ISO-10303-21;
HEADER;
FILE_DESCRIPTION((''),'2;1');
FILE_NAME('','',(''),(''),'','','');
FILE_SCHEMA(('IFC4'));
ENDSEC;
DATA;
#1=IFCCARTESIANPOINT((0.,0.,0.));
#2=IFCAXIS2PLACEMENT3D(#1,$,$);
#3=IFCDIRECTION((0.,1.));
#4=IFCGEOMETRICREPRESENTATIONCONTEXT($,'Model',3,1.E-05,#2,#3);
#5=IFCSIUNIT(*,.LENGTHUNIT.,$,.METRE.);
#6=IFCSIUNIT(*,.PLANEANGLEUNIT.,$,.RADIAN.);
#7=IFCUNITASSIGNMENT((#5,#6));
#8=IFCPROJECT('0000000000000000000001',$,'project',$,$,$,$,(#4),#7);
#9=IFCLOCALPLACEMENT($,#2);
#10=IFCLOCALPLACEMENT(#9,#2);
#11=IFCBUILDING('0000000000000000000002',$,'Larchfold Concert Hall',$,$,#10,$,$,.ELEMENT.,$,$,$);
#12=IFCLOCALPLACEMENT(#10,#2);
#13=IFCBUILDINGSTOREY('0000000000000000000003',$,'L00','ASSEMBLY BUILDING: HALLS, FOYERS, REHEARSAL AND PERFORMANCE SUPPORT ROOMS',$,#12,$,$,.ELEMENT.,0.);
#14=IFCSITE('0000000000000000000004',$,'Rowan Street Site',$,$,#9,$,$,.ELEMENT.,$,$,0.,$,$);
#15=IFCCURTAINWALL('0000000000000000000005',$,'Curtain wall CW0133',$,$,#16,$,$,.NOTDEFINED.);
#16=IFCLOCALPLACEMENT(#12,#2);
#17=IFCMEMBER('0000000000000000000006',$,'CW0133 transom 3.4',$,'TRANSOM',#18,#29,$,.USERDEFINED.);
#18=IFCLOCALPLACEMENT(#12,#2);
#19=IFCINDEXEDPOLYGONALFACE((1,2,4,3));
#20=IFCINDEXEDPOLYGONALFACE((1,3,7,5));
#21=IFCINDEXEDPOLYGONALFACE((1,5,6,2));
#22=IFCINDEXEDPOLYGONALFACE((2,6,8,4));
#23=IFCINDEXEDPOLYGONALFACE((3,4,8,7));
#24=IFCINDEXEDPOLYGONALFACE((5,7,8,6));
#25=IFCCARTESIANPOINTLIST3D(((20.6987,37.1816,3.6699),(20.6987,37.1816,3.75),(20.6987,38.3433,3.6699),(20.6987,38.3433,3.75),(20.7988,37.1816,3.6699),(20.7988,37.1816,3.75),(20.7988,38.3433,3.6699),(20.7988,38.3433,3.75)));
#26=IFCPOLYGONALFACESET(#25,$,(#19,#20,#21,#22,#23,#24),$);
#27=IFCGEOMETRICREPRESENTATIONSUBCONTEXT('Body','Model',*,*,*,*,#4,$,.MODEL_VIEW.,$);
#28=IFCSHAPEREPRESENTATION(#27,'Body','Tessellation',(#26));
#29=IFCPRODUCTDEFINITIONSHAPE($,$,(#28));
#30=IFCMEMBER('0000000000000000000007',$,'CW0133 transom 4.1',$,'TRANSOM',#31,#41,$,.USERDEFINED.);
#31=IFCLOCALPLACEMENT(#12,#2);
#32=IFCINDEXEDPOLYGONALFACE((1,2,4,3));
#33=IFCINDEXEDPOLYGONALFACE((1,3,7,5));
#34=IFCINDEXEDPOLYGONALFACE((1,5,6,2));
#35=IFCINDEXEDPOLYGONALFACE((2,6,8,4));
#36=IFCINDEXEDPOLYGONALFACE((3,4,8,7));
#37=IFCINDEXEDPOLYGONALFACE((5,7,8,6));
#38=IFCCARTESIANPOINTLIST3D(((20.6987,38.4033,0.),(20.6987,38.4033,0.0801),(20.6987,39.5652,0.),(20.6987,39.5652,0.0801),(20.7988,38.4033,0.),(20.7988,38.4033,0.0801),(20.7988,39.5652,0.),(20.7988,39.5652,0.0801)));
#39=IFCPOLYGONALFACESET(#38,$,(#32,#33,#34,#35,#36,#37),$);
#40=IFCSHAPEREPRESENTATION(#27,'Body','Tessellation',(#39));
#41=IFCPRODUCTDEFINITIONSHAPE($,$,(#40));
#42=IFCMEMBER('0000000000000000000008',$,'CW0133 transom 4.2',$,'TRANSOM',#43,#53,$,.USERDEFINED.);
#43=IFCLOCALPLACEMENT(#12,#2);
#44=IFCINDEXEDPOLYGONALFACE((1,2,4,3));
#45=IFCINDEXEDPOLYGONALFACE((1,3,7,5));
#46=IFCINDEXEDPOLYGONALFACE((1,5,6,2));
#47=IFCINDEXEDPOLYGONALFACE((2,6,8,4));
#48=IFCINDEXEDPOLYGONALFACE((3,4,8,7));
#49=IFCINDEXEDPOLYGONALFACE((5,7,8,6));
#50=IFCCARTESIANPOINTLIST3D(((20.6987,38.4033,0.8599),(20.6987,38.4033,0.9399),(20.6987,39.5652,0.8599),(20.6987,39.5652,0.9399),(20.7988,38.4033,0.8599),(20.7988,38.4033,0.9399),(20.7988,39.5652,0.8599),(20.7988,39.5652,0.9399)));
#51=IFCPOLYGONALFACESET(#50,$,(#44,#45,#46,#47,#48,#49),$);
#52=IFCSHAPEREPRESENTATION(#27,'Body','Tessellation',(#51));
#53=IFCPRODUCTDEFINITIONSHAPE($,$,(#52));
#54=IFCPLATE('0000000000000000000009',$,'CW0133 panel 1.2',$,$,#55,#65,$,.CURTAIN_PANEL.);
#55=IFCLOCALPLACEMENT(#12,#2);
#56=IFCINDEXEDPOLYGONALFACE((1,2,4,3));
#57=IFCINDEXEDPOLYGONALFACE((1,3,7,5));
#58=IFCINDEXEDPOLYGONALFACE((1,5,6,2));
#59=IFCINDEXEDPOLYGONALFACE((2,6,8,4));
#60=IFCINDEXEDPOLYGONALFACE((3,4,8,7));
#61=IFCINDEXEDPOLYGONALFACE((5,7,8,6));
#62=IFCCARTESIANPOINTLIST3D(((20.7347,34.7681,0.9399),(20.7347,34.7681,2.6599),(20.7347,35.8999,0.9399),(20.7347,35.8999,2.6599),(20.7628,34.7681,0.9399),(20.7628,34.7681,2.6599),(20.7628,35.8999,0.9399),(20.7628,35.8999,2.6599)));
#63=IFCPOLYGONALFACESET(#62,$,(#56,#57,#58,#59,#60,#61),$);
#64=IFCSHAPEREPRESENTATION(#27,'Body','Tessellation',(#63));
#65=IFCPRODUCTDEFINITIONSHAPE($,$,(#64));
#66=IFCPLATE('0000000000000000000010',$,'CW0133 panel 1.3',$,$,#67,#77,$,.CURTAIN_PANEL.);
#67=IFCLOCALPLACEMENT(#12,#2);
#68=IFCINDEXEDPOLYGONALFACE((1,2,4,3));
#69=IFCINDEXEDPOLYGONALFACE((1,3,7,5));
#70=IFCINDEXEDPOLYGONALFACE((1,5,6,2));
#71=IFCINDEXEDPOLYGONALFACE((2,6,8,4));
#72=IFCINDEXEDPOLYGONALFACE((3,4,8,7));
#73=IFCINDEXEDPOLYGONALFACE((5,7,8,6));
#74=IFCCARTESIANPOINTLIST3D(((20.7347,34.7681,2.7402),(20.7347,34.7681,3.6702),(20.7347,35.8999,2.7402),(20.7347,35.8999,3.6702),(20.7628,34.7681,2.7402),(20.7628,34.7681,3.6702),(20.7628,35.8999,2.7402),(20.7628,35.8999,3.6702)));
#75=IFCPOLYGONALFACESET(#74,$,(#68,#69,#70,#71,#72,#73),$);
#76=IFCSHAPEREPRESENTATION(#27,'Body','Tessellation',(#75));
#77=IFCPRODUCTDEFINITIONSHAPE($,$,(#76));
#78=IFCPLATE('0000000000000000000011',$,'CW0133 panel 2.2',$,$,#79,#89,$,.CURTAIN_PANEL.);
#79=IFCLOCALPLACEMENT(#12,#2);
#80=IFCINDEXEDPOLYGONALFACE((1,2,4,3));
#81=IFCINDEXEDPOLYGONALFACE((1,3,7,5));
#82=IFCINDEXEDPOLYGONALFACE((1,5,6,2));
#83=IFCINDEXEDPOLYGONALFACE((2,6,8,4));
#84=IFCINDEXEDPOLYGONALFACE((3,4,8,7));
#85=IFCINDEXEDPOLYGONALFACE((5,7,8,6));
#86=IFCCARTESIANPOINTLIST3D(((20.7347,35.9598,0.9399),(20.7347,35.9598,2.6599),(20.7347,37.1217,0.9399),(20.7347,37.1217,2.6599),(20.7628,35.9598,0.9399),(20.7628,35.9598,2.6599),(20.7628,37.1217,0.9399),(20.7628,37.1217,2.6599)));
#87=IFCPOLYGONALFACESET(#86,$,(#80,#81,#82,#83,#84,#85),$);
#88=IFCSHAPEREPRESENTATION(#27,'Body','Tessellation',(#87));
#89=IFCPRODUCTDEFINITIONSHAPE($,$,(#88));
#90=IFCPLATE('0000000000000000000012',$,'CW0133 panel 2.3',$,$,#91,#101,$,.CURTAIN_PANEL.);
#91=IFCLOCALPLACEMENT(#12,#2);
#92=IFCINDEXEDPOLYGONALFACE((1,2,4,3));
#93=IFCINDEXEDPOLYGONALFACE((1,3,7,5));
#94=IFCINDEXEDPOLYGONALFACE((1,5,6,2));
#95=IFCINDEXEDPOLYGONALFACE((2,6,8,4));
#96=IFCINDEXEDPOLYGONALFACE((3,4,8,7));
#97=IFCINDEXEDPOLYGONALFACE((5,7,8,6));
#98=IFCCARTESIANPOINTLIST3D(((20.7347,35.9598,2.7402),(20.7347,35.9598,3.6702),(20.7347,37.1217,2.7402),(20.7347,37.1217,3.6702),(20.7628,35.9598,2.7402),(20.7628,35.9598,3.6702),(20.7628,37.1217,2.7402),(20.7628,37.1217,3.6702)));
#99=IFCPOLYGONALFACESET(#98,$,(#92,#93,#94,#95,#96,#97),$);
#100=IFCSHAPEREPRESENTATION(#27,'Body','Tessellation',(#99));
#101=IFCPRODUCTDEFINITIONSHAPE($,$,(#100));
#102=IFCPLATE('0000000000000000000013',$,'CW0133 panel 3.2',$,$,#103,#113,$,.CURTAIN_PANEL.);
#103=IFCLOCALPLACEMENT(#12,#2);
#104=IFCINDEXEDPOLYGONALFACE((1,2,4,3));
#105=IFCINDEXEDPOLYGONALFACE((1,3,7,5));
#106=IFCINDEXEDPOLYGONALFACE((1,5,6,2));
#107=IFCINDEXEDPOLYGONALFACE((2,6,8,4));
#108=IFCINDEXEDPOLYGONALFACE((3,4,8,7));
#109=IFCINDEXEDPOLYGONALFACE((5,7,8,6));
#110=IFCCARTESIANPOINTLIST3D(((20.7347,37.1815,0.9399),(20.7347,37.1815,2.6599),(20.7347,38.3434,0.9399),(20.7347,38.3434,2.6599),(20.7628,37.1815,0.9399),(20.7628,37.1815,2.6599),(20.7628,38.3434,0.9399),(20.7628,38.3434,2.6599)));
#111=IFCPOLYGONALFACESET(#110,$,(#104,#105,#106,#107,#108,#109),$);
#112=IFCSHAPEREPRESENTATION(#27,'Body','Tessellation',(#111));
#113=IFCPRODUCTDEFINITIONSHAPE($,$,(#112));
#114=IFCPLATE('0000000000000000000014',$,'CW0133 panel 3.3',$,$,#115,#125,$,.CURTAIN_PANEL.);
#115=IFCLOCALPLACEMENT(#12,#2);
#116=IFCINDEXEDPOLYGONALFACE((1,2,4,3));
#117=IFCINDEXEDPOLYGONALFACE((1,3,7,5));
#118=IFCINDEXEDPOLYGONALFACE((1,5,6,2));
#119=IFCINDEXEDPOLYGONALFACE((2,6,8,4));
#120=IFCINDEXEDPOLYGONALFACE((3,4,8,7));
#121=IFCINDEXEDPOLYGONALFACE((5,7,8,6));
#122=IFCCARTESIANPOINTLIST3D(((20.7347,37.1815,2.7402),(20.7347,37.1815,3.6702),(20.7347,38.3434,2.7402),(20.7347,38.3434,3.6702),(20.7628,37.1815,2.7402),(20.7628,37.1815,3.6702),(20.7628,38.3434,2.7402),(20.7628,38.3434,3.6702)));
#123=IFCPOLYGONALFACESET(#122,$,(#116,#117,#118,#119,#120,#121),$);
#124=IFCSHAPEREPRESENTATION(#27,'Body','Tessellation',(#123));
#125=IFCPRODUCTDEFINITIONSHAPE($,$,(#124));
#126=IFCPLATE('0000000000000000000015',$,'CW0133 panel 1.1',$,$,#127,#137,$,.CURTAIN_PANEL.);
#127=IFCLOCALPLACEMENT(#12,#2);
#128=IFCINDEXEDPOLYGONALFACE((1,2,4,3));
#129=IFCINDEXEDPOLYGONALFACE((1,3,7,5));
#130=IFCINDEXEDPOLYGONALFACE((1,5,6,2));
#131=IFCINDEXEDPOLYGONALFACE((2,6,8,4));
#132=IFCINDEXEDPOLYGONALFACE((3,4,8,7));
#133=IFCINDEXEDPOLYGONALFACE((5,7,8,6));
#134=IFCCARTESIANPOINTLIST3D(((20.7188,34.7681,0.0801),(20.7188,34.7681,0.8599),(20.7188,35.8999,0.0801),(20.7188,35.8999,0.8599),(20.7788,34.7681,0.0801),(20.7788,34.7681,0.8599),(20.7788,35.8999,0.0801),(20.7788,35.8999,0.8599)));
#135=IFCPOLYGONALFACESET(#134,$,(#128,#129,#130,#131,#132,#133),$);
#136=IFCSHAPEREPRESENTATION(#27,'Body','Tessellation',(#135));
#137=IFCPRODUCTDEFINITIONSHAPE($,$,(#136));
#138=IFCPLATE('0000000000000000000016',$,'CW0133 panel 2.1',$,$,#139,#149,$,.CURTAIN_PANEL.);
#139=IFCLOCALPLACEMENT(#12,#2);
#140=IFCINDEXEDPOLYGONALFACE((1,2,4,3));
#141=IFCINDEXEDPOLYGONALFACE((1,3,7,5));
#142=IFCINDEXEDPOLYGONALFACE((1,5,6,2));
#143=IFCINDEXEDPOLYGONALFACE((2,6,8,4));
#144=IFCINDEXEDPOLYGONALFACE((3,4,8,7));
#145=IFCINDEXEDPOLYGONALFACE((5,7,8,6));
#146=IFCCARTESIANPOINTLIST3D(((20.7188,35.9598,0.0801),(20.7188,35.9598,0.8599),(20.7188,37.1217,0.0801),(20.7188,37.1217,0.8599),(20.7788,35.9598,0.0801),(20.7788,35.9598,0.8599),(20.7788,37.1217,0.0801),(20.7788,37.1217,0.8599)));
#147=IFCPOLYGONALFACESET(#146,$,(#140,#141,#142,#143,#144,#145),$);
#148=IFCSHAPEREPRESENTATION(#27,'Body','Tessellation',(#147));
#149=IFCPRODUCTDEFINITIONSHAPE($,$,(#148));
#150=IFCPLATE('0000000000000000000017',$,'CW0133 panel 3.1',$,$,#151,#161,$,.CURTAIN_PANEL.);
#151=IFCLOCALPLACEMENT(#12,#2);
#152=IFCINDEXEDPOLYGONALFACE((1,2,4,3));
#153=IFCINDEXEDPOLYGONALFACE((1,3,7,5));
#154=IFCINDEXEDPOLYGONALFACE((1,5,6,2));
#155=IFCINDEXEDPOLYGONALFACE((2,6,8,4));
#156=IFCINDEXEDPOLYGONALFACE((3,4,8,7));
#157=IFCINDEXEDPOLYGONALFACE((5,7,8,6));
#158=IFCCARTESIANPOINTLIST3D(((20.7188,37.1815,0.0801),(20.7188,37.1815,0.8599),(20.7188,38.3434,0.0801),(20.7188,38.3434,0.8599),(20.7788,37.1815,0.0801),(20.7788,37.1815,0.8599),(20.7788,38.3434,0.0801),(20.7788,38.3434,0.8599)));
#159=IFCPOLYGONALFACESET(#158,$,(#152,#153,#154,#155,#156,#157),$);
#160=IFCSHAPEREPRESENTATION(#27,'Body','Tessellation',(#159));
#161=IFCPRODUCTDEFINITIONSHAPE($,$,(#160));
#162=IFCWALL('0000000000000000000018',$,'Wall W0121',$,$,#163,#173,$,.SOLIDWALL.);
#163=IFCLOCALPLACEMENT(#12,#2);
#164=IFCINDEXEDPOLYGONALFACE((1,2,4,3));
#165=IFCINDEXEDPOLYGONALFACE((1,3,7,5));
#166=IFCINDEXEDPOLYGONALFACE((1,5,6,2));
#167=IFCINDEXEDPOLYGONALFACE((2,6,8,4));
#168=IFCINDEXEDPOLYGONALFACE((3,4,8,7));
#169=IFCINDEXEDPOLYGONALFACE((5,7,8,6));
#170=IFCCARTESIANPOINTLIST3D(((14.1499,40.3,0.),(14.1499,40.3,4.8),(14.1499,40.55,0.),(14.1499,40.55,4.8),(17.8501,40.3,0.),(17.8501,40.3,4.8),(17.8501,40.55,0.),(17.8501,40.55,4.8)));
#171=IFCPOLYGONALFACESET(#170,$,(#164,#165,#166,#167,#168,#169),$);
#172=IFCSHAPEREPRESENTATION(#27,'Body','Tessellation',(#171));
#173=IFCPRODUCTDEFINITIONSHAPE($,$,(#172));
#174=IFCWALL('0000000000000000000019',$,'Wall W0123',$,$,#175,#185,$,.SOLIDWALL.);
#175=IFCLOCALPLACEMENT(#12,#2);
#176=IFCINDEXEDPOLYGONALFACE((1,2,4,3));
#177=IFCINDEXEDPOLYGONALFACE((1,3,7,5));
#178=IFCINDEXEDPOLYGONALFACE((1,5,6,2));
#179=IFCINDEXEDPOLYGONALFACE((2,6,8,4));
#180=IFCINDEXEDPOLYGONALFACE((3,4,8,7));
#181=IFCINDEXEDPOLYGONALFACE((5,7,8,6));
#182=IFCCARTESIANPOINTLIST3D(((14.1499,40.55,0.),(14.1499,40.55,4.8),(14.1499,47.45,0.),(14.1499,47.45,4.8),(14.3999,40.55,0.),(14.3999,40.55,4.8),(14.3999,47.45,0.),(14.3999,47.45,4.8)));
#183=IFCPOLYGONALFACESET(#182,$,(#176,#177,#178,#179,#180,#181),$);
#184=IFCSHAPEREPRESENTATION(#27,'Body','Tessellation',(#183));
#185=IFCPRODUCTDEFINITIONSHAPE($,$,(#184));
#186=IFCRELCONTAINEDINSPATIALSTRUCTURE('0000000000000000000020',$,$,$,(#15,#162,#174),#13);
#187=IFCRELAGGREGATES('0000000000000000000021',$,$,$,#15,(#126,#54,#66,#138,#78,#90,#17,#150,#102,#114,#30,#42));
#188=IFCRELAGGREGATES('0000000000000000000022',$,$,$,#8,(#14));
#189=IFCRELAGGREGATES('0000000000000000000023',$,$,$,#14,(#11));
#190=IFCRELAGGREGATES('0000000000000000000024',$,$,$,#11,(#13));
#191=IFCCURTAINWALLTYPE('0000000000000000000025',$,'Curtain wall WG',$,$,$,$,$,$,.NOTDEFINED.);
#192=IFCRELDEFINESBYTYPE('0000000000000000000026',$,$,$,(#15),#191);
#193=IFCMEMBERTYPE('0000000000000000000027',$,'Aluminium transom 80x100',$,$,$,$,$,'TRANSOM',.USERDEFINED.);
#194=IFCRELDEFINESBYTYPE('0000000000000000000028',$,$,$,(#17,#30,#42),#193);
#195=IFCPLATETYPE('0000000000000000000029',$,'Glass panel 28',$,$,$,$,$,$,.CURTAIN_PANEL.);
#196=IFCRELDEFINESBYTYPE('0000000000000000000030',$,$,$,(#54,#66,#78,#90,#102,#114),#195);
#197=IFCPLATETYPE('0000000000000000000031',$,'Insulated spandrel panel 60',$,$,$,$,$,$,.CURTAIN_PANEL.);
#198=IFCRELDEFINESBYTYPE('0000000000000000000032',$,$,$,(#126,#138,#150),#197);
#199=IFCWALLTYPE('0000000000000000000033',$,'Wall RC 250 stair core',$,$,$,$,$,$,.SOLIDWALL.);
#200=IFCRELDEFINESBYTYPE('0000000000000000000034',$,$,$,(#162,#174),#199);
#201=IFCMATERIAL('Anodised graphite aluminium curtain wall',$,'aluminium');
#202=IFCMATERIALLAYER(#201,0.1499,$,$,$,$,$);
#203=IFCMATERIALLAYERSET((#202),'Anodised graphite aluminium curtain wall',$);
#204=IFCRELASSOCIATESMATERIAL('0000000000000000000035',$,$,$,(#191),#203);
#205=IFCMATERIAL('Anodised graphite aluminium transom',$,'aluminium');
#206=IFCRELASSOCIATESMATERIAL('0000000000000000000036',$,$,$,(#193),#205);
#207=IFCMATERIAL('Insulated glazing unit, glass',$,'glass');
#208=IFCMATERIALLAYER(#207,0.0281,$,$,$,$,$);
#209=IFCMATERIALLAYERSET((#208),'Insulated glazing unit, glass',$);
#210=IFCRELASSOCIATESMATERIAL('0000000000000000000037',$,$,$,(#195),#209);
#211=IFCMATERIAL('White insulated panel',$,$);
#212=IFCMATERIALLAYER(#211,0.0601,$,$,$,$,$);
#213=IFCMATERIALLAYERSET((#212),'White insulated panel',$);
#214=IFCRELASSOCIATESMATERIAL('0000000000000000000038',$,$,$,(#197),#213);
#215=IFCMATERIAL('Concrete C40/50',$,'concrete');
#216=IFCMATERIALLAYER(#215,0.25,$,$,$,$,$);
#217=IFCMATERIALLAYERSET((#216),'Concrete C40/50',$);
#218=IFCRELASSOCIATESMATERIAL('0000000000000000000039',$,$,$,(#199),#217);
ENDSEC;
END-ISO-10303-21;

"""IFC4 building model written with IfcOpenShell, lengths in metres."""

from ifc_helpers import new_model, si_unit, direction, frame, frame_2d, origin, origin_2d, place, context, subcontext, project, spatial, rectangle, extrude, material, layer, layer_set, material_profile, profile_set, type_object, element, aggregate, save


model = new_model("IFC4")

# Units and contexts
model_context = context("Model", 3, precision=1e-05, world=origin(), true_north=direction((0.0, 1.0)))
body_context = subcontext(model_context, "Body", "Model", "MODEL_VIEW")
ifc_project = project(units=[si_unit("LENGTHUNIT", "METRE"), si_unit("PLANEANGLEUNIT", "RADIAN")], contexts=[model_context])

# Site, building, storey
site_placement = place(None, origin())
site = spatial("IfcSite", under=ifc_project, at=site_placement, Name="Rowan Street Site", CompositionType="ELEMENT", RefElevation=0.0)
building_placement = place(site_placement, origin())
building = spatial("IfcBuilding", under=site, at=building_placement, Name="Larchfold Concert Hall", CompositionType="ELEMENT")
storey_placement = place(building_placement, origin())
storey = spatial("IfcBuildingStorey", under=building, at=storey_placement, Name="L00", Description="ASSEMBLY BUILDING: HALLS, FOYERS, REHEARSAL AND PERFORMANCE SUPPORT ROOMS", CompositionType="ELEMENT", Elevation=0.0)

# Curtain wall, members, plates
ifc_material_1 = material(Name="Anodised graphite aluminium curtain wall", Category="aluminium")
ifc_layer_1 = layer(ifc_material_1, 0.1499)
ifc_layer_set_1 = layer_set([ifc_layer_1], Name="Anodised graphite aluminium curtain wall")
curtain_wall_type = type_object("IfcCurtainWallType", Name="Curtain wall WG", PredefinedType="NOTDEFINED", material=ifc_layer_set_1)
curtain_wall_placement = place(storey_placement, origin())
curtain_wall = element("IfcCurtainWall", 1, at=curtain_wall_placement, inside=storey, type_object=curtain_wall_type, Name="Curtain wall CW0133", PredefinedType="NOTDEFINED")
ifc_material_2 = material(Name="Anodised graphite aluminium transom", Category="aluminium")
ifc_material_profile_1 = material_profile(ifc_material_2, rectangle(XDim=0.1001, YDim=0.0801, at=origin_2d()))
ifc_profile_set_1 = profile_set([ifc_material_profile_1], Name="Anodised graphite aluminium transom")
member_type_1 = type_object("IfcMemberType", Name="Aluminium transom 80x100", ElementType="TRANSOM", PredefinedType="USERDEFINED", material=ifc_profile_set_1)
member_1_placement = place(storey_placement, frame((20.7488, 37.1816, 3.71), z_axis=(0.0, 1.0, 0.0), x_axis=(-1.0, 0.0, 0.0)))
member_1 = element("IfcMember", 2, at=member_1_placement, type_object=member_type_1, Name="CW0133 transom 3.4", ObjectType="TRANSOM", PredefinedType="USERDEFINED", context=body_context, shape_type="SweptSolid", body=[
    extrude(rectangle(XDim=0.1001, YDim=0.0801, at=origin_2d()), origin(), (0.0, 0.0, 1.0), 1.1616),
])
member_2_placement = place(storey_placement, frame((20.7488, 38.4033, 0.04), z_axis=(0.0, 1.0, 0.0), x_axis=(-1.0, 0.0, 0.0)))
member_2 = element("IfcMember", 3, at=member_2_placement, type_object=member_type_1, Name="CW0133 transom 4.1", ObjectType="TRANSOM", PredefinedType="USERDEFINED", context=body_context, shape_type="SweptSolid", body=[
    extrude(rectangle(XDim=0.1001, YDim=0.0801, at=origin_2d()), origin(), (0.0, 0.0, 1.0), 1.1619),
])
member_3_placement = place(storey_placement, frame((20.7488, 38.4033, 0.8999), z_axis=(0.0, 1.0, 0.0), x_axis=(-1.0, 0.0, 0.0)))
member_3 = element("IfcMember", 4, at=member_3_placement, type_object=member_type_1, Name="CW0133 transom 4.2", ObjectType="TRANSOM", PredefinedType="USERDEFINED", context=body_context, shape_type="SweptSolid", body=[
    extrude(rectangle(XDim=0.1001, YDim=0.0801, at=origin_2d()), origin(), (0.0, 0.0, 1.0), 1.1619),
])
ifc_material_3 = material(Name="Insulated glazing unit, glass", Category="glass")
ifc_layer_2 = layer(ifc_material_3, 0.0281)
ifc_layer_set_2 = layer_set([ifc_layer_2], Name="Insulated glazing unit, glass")
plate_type_1 = type_object("IfcPlateType", Name="Glass panel 28", PredefinedType="CURTAIN_PANEL", material=ifc_layer_set_2)
plate_1_placement = place(storey_placement, frame((20.7488, 35.334, 0.9399), z_axis=(0.0, 0.0, 1.0), x_axis=(0.0, 1.0, 0.0)))
plate_1 = element("IfcPlate", 5, at=plate_1_placement, type_object=plate_type_1, Name="CW0133 panel 1.2", PredefinedType="CURTAIN_PANEL", context=body_context, shape_type="SweptSolid", body=[
    extrude(rectangle(XDim=1.1318, YDim=0.0281, at=origin_2d()), origin(), (0.0, 0.0, 1.0), 1.72),
])
plate_2_placement = place(storey_placement, frame((20.7488, 35.334, 2.7402), z_axis=(0.0, 0.0, 1.0), x_axis=(0.0, 1.0, 0.0)))
plate_2 = element("IfcPlate", 6, at=plate_2_placement, type_object=plate_type_1, Name="CW0133 panel 1.3", PredefinedType="CURTAIN_PANEL", context=body_context, shape_type="SweptSolid", body=[
    extrude(rectangle(XDim=1.1318, YDim=0.0281, at=origin_2d()), origin(), (0.0, 0.0, 1.0), 0.9299),
])
plate_3_placement = place(storey_placement, frame((20.7488, 36.5408, 0.9399), z_axis=(0.0, 0.0, 1.0), x_axis=(0.0, 1.0, 0.0)))
plate_3 = element("IfcPlate", 7, at=plate_3_placement, type_object=plate_type_1, Name="CW0133 panel 2.2", PredefinedType="CURTAIN_PANEL", context=body_context, shape_type="SweptSolid", body=[
    extrude(rectangle(XDim=1.1619, YDim=0.0281, at=origin_2d()), origin(), (0.0, 0.0, 1.0), 1.72),
])
plate_4_placement = place(storey_placement, frame((20.7488, 36.5408, 2.7402), z_axis=(0.0, 0.0, 1.0), x_axis=(0.0, 1.0, 0.0)))
plate_4 = element("IfcPlate", 8, at=plate_4_placement, type_object=plate_type_1, Name="CW0133 panel 2.3", PredefinedType="CURTAIN_PANEL", context=body_context, shape_type="SweptSolid", body=[
    extrude(rectangle(XDim=1.1619, YDim=0.0281, at=origin_2d()), origin(), (0.0, 0.0, 1.0), 0.9299),
])
plate_5_placement = place(storey_placement, frame((20.7488, 37.7625, 0.9399), z_axis=(0.0, 0.0, 1.0), x_axis=(0.0, 1.0, 0.0)))
plate_5 = element("IfcPlate", 9, at=plate_5_placement, type_object=plate_type_1, Name="CW0133 panel 3.2", PredefinedType="CURTAIN_PANEL", context=body_context, shape_type="SweptSolid", body=[
    extrude(rectangle(XDim=1.1619, YDim=0.0281, at=origin_2d()), origin(), (0.0, 0.0, 1.0), 1.72),
])
plate_6_placement = place(storey_placement, frame((20.7488, 37.7625, 2.7402), z_axis=(0.0, 0.0, 1.0), x_axis=(0.0, 1.0, 0.0)))
plate_6 = element("IfcPlate", 10, at=plate_6_placement, type_object=plate_type_1, Name="CW0133 panel 3.3", PredefinedType="CURTAIN_PANEL", context=body_context, shape_type="SweptSolid", body=[
    extrude(rectangle(XDim=1.1619, YDim=0.0281, at=origin_2d()), origin(), (0.0, 0.0, 1.0), 0.9299),
])
ifc_material_4 = material(Name="White insulated panel")
ifc_layer_3 = layer(ifc_material_4, 0.0601)
ifc_layer_set_3 = layer_set([ifc_layer_3], Name="White insulated panel")
plate_type_2 = type_object("IfcPlateType", Name="Insulated spandrel panel 60", PredefinedType="CURTAIN_PANEL", material=ifc_layer_set_3)
plate_7_placement = place(storey_placement, frame((20.7488, 35.334, 0.0801), z_axis=(0.0, 0.0, 1.0), x_axis=(0.0, 1.0, 0.0)))
plate_7 = element("IfcPlate", 11, at=plate_7_placement, type_object=plate_type_2, Name="CW0133 panel 1.1", PredefinedType="CURTAIN_PANEL", context=body_context, shape_type="SweptSolid", body=[
    extrude(rectangle(XDim=1.1318, YDim=0.0601, at=origin_2d()), origin(), (0.0, 0.0, 1.0), 0.7798),
])
plate_8_placement = place(storey_placement, frame((20.7488, 36.5408, 0.0801), z_axis=(0.0, 0.0, 1.0), x_axis=(0.0, 1.0, 0.0)))
plate_8 = element("IfcPlate", 12, at=plate_8_placement, type_object=plate_type_2, Name="CW0133 panel 2.1", PredefinedType="CURTAIN_PANEL", context=body_context, shape_type="SweptSolid", body=[
    extrude(rectangle(XDim=1.1619, YDim=0.0601, at=origin_2d()), origin(), (0.0, 0.0, 1.0), 0.7798),
])
plate_9_placement = place(storey_placement, frame((20.7488, 37.7625, 0.0801), z_axis=(0.0, 0.0, 1.0), x_axis=(0.0, 1.0, 0.0)))
plate_9 = element("IfcPlate", 13, at=plate_9_placement, type_object=plate_type_2, Name="CW0133 panel 3.1", PredefinedType="CURTAIN_PANEL", context=body_context, shape_type="SweptSolid", body=[
    extrude(rectangle(XDim=1.1619, YDim=0.0601, at=origin_2d()), origin(), (0.0, 0.0, 1.0), 0.7798),
])
aggregate(curtain_wall, [plate_7, plate_1, plate_2, plate_8, plate_3, plate_4, member_1, plate_9, plate_5, plate_6, member_2, member_3])

# Walls
ifc_material_5 = material(Name="Concrete C40/50", Category="concrete")
ifc_layer_4 = layer(ifc_material_5, 0.25)
ifc_layer_set_4 = layer_set([ifc_layer_4], Name="Concrete C40/50")
wall_type = type_object("IfcWallType", Name="Wall RC 250 stair core", PredefinedType="SOLIDWALL", material=ifc_layer_set_4)
wall_1_placement = place(storey_placement, frame((14.1499, 40.425, 0.0), z_axis=(0.0, 0.0, 1.0), x_axis=(1.0, 0.0, 0.0)))
element("IfcWall", 14, at=wall_1_placement, inside=storey, type_object=wall_type, Name="Wall W0121", PredefinedType="SOLIDWALL", context=body_context, shape_type="SweptSolid", body=[
    extrude(rectangle(XDim=3.7002, YDim=0.25, at=frame_2d((1.8501, 0.0))), origin(), (0.0, 0.0, 1.0), 4.8),
])
wall_2_placement = place(storey_placement, frame((14.2749, 40.55, 0.0), z_axis=(0.0, 0.0, 1.0), x_axis=(0.0, 1.0, 0.0)))
element("IfcWall", 15, at=wall_2_placement, inside=storey, type_object=wall_type, Name="Wall W0123", PredefinedType="SOLIDWALL", context=body_context, shape_type="SweptSolid", body=[
    extrude(rectangle(XDim=6.8999, YDim=0.25, at=frame_2d((3.45, 0.0))), origin(), (0.0, 0.0, 1.0), 4.8),
])

save(model, "model.ifc")
